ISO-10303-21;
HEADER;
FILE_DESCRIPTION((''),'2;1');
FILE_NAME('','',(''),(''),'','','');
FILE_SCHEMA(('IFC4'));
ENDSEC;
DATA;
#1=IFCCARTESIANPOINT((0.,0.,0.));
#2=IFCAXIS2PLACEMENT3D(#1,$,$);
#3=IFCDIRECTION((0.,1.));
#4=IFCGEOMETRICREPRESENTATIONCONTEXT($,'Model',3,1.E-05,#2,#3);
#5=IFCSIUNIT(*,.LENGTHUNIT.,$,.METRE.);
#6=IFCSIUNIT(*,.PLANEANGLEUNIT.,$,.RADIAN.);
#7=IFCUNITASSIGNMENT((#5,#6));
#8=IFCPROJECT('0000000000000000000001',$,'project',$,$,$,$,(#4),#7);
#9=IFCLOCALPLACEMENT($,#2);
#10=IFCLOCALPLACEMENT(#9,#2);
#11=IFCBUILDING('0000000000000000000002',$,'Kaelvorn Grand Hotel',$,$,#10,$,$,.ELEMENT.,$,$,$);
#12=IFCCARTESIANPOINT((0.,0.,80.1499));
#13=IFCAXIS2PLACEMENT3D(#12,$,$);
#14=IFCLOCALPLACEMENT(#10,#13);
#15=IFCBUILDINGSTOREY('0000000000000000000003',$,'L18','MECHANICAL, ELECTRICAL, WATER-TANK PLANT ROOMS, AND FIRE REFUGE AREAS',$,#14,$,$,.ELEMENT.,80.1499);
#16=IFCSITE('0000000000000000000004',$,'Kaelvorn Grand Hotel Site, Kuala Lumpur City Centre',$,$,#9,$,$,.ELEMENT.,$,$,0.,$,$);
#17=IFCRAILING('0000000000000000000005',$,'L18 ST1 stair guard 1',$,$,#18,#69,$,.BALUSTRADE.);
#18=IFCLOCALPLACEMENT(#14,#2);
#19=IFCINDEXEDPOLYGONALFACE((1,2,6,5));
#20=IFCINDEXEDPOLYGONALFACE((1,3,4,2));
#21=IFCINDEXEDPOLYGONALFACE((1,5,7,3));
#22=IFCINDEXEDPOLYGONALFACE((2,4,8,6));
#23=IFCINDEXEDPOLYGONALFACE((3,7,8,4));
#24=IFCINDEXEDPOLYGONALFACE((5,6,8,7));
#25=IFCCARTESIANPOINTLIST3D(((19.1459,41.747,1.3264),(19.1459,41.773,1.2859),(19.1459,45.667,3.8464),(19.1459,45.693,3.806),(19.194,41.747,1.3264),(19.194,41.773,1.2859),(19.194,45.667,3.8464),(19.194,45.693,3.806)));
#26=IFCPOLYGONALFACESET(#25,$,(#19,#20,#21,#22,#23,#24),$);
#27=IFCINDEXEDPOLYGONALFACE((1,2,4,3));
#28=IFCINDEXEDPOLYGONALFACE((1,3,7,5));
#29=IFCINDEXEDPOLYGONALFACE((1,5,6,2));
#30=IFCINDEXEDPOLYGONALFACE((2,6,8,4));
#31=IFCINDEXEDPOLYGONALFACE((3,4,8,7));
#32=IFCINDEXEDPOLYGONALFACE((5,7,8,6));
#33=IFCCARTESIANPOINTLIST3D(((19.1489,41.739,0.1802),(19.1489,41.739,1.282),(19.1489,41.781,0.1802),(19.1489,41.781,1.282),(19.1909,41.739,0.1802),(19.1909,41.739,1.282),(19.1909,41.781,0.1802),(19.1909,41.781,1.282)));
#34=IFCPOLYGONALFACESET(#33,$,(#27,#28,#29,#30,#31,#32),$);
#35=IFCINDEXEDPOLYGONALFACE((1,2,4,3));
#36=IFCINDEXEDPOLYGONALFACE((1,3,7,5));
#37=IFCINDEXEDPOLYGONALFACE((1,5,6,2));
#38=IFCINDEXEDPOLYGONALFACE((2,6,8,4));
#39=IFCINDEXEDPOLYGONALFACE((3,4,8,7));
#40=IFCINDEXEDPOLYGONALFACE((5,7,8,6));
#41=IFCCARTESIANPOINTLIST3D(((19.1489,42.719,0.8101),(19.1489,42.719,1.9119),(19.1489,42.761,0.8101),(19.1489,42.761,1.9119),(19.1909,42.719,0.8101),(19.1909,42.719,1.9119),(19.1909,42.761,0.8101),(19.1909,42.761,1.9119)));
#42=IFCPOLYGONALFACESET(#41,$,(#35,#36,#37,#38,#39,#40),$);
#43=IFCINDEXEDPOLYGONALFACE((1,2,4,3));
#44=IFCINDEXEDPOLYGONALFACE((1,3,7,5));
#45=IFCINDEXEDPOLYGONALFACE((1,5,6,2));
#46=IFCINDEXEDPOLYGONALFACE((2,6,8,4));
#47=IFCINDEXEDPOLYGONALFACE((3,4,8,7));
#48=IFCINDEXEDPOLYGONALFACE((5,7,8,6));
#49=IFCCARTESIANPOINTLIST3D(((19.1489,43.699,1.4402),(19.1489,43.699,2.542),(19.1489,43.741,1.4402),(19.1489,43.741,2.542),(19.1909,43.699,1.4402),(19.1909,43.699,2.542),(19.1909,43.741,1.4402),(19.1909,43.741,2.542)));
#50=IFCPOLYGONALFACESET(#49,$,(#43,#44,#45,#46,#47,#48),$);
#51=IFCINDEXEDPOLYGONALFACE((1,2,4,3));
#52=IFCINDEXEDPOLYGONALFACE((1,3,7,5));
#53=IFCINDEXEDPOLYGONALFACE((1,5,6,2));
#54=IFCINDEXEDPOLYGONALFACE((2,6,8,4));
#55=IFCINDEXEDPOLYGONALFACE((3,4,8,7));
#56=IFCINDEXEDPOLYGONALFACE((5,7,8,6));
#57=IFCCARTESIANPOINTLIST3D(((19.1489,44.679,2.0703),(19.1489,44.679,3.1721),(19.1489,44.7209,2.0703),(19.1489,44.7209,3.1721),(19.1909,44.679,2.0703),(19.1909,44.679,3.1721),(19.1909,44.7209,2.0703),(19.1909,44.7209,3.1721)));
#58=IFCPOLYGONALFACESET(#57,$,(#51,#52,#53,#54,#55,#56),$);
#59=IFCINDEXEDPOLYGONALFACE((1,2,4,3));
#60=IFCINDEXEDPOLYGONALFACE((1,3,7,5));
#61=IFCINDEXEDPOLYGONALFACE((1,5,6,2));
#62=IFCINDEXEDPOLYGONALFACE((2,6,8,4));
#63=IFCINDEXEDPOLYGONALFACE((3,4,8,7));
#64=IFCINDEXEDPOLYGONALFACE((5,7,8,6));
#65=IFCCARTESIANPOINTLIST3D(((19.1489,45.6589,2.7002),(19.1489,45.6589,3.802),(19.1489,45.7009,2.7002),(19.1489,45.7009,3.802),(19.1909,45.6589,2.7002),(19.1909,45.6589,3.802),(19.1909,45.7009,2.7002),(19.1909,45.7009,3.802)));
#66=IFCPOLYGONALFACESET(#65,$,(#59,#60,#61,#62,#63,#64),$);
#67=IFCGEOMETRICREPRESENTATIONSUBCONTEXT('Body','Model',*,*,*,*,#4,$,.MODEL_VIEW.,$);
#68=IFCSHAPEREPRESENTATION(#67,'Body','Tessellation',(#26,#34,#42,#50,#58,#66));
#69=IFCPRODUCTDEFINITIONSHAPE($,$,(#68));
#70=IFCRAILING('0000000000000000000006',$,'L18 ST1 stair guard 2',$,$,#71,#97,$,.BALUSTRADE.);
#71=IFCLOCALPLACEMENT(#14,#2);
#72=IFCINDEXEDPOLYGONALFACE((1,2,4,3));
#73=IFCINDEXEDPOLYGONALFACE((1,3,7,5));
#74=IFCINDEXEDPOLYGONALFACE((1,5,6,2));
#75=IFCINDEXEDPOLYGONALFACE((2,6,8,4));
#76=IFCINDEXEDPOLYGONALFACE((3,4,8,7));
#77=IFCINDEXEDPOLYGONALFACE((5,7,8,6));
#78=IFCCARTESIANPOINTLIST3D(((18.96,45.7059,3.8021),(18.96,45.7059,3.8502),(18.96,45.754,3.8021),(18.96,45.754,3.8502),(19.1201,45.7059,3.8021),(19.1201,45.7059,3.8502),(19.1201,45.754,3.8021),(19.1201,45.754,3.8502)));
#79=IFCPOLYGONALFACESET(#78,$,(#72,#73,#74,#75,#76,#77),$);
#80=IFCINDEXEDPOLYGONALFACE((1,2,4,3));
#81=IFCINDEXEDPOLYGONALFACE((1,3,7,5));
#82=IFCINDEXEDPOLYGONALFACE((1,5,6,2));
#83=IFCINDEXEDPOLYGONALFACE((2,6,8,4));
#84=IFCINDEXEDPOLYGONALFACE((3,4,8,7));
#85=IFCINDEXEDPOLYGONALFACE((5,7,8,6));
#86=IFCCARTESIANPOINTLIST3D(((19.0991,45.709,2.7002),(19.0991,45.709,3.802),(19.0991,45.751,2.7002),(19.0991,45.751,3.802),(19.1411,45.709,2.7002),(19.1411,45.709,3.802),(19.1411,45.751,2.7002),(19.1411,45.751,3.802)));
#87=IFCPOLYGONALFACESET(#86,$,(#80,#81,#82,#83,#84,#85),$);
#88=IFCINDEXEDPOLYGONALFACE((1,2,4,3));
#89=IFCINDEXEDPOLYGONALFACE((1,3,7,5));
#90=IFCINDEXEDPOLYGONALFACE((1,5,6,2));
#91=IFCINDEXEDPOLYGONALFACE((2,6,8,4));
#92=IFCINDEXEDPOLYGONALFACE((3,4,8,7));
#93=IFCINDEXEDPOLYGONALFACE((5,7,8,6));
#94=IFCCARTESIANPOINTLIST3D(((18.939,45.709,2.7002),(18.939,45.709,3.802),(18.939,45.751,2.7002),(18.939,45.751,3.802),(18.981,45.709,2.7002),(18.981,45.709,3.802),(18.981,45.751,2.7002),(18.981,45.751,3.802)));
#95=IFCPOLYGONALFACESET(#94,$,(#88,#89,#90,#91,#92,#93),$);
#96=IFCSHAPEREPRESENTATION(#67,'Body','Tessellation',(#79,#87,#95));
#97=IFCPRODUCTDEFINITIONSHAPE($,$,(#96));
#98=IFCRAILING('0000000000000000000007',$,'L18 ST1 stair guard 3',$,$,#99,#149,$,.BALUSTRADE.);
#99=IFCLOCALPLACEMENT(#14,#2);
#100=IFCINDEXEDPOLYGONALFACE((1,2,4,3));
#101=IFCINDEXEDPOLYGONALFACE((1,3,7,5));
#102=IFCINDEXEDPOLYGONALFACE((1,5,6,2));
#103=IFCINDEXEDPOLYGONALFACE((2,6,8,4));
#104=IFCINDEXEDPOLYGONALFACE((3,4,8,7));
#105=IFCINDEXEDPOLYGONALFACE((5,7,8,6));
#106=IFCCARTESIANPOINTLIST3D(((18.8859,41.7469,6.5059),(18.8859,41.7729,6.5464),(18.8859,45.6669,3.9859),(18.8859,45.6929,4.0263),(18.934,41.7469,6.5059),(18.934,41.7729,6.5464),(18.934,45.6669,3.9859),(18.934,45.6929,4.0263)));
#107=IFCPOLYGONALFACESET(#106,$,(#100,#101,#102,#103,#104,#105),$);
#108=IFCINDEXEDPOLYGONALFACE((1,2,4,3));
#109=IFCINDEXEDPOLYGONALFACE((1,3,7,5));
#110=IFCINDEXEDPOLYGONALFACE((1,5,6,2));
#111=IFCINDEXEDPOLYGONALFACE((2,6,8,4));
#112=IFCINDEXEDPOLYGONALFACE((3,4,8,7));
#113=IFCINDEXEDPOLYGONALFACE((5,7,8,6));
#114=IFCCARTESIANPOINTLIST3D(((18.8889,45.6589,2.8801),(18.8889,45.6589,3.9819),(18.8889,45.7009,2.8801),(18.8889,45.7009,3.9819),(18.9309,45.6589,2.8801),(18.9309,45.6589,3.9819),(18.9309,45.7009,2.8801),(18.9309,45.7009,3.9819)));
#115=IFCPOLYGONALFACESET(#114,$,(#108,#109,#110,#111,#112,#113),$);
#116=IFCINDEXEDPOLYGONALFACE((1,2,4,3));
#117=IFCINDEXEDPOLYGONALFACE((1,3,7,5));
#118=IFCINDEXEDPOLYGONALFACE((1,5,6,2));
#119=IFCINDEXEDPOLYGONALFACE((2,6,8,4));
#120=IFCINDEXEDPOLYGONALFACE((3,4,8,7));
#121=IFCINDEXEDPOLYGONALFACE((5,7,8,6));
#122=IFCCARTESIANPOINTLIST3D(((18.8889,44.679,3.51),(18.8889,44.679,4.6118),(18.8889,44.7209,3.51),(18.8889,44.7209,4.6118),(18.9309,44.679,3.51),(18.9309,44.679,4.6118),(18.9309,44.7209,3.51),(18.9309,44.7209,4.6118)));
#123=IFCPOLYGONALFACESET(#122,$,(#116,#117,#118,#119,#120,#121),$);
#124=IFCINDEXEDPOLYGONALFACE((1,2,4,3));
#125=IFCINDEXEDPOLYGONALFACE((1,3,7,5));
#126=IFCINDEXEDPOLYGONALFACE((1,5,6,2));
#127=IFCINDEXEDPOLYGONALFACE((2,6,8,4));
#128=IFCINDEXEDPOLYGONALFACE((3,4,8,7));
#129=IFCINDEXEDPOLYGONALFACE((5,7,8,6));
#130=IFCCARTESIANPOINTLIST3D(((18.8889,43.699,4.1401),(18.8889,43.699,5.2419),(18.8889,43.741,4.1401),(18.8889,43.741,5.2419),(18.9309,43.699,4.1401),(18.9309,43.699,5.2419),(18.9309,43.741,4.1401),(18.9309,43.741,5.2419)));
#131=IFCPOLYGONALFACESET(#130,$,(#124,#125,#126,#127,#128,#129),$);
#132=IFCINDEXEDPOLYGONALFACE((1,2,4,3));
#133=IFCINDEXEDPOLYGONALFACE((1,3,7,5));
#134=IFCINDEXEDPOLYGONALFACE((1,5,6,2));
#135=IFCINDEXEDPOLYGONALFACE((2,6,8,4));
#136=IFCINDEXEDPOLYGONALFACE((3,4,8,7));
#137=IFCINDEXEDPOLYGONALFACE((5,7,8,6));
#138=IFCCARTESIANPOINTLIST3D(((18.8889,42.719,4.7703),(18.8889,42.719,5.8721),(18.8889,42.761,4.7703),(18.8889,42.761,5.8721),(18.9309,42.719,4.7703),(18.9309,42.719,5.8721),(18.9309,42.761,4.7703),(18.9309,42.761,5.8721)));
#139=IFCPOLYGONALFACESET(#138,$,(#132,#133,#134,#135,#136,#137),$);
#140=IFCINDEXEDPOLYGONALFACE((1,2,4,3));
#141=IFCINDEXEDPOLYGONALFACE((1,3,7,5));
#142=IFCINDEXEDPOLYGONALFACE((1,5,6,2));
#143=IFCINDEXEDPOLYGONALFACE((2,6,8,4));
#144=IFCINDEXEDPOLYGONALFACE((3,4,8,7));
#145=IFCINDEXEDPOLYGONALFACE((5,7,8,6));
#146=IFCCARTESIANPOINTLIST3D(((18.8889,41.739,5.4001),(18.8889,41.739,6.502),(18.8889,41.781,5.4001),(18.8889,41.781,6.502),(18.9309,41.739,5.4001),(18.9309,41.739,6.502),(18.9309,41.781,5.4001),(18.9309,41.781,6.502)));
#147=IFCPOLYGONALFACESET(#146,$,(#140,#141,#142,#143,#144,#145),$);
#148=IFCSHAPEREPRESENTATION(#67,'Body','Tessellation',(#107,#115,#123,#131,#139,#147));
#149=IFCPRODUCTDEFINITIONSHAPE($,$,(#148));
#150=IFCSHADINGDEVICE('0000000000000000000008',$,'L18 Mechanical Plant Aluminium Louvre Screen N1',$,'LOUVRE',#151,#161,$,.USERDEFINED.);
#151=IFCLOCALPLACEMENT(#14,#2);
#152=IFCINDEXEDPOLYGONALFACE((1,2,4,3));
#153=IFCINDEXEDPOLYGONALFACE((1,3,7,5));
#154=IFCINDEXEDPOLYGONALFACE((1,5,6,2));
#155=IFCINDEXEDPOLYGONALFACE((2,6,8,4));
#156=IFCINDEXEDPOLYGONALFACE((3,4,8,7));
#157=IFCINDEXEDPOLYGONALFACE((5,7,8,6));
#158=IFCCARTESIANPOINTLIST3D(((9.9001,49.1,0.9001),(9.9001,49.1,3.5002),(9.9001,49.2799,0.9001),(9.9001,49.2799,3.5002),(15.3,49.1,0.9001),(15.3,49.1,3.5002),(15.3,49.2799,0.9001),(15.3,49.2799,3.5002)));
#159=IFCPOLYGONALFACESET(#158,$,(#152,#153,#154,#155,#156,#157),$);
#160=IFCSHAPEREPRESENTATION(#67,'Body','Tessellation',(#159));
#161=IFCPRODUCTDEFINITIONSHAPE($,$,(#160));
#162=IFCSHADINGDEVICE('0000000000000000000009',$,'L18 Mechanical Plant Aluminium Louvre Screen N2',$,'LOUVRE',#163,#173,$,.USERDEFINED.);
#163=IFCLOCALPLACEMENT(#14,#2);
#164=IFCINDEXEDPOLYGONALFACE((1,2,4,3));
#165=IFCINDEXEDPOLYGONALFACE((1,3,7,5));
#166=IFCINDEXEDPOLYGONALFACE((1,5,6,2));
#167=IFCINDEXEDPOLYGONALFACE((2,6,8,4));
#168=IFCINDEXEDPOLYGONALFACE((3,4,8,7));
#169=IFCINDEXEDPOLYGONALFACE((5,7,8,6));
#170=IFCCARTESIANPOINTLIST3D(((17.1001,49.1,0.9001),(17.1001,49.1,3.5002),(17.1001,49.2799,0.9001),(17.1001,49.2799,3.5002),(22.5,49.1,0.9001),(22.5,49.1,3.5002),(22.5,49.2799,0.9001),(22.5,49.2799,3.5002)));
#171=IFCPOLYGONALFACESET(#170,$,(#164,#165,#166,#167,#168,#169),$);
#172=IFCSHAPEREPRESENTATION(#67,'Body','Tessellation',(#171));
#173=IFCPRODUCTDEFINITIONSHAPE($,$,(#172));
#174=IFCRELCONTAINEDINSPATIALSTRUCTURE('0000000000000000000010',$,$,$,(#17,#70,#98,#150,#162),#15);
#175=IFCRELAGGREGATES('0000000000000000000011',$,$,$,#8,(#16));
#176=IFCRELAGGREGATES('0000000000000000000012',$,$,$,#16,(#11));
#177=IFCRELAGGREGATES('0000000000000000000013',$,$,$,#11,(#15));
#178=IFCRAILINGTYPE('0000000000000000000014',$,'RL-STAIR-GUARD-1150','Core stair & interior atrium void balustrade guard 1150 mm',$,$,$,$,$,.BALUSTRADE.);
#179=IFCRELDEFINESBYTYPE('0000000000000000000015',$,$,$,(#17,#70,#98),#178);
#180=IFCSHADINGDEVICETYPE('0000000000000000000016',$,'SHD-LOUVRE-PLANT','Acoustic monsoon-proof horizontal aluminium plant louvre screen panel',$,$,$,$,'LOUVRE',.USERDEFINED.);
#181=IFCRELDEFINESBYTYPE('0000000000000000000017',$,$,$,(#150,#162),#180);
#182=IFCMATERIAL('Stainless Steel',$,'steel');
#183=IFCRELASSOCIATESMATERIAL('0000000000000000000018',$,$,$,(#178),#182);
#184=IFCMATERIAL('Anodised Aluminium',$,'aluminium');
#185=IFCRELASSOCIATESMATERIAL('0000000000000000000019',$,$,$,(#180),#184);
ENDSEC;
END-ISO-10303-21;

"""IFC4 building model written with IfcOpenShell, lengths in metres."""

from ifc_helpers import new_model, si_unit, direction, frame, origin, origin_2d, place, context, subcontext, project, spatial, rectangle, extrude, material, type_object, element, save


model = new_model("IFC4")

# Units and contexts
model_context = context("Model", 3, precision=1e-05, world=origin(), true_north=direction((0.0, 1.0)))
body_context = subcontext(model_context, "Body", "Model", "MODEL_VIEW")
ifc_project = project(units=[si_unit("LENGTHUNIT", "METRE"), si_unit("PLANEANGLEUNIT", "RADIAN")], contexts=[model_context])

# Site, building, storey
site_placement = place(None, origin())
site = spatial("IfcSite", under=ifc_project, at=site_placement, Name="Kaelvorn Grand Hotel Site, Kuala Lumpur City Centre", CompositionType="ELEMENT", RefElevation=0.0)
building_placement = place(site_placement, origin())
building = spatial("IfcBuilding", under=site, at=building_placement, Name="Kaelvorn Grand Hotel", CompositionType="ELEMENT")
storey_placement = place(building_placement, frame((0.0, 0.0, 80.1499)))
storey = spatial("IfcBuildingStorey", under=building, at=storey_placement, Name="L18", Description="MECHANICAL, ELECTRICAL, WATER-TANK PLANT ROOMS, AND FIRE REFUGE AREAS", CompositionType="ELEMENT", Elevation=80.1499)

# Railings
ifc_material_1 = material(Name="Stainless Steel", Category="steel")
railing_type_1 = type_object("IfcRailingType", Name="RL-STAIR-GUARD-1150", Description="Core stair & interior atrium void balustrade guard 1150 mm", PredefinedType="BALUSTRADE", material=ifc_material_1)
railing_1_placement = place(storey_placement, frame((19.1699, 41.76, 0.1802)))
element("IfcRailing", 1, at=railing_1_placement, inside=storey, type_object=railing_type_1, Name="L18 ST1 stair guard 1", PredefinedType="BALUSTRADE", context=body_context, shape_type="SweptSolid", body=[
    extrude(rectangle(XDim=0.0481, YDim=0.0481, at=origin_2d()), frame((0.0, 0.0, 1.126), z_axis=(0.0, 0.841172, 0.540768), x_axis=(-1.0, 0.0, 0.0)), (0.0, 0.0, 1.0), 4.6602),
    extrude(rectangle(XDim=0.042, YDim=0.042, at=origin_2d()), origin(), (0.0, 0.0, 1.0), 1.1018),
    extrude(rectangle(XDim=0.042, YDim=0.042, at=origin_2d()), frame((0.0, 0.98, 0.6299)), (0.0, 0.0, 1.0), 1.1018),
    extrude(rectangle(XDim=0.042, YDim=0.042, at=origin_2d()), frame((0.0, 1.96, 1.26)), (0.0, 0.0, 1.0), 1.1018),
    extrude(rectangle(XDim=0.042, YDim=0.042, at=origin_2d()), frame((0.0, 2.9399, 1.8901)), (0.0, 0.0, 1.0), 1.1018),
    extrude(rectangle(XDim=0.042, YDim=0.042, at=origin_2d()), frame((0.0, 3.9199, 2.52)), (0.0, 0.0, 1.0), 1.1018),
])
railing_2_placement = place(storey_placement, frame((19.1201, 45.73, 2.7002)))
element("IfcRailing", 2, at=railing_2_placement, inside=storey, type_object=railing_type_1, Name="L18 ST1 stair guard 2", PredefinedType="BALUSTRADE", context=body_context, shape_type="SweptSolid", body=[
    extrude(rectangle(XDim=0.0481, YDim=0.0481, at=origin_2d()), frame((0.0, 0.0, 1.126), z_axis=(-1.0, 0.0, 0.0), x_axis=(0.0, -1.0, 0.0)), (0.0, 0.0, 1.0), 0.1602),
    extrude(rectangle(XDim=0.042, YDim=0.042, at=origin_2d()), origin(), (0.0, 0.0, 1.0), 1.1018),
    extrude(rectangle(XDim=0.042, YDim=0.042, at=origin_2d()), frame((-0.1602, 0.0, 0.0)), (0.0, 0.0, 1.0), 1.1018),
])
railing_3_placement = place(storey_placement, frame((18.9099, 45.6799, 2.8801)))
element("IfcRailing", 3, at=railing_3_placement, inside=storey, type_object=railing_type_1, Name="L18 ST1 stair guard 3", PredefinedType="BALUSTRADE", context=body_context, shape_type="SweptSolid", body=[
    extrude(rectangle(XDim=0.0481, YDim=0.0481, at=origin_2d()), frame((0.0, 0.0, 1.126), z_axis=(0.0, -0.841172, 0.540768), x_axis=(1.0, 0.0, 0.0)), (0.0, 0.0, 1.0), 4.6602),
    extrude(rectangle(XDim=0.042, YDim=0.042, at=origin_2d()), origin(), (0.0, 0.0, 1.0), 1.1018),
    extrude(rectangle(XDim=0.042, YDim=0.042, at=origin_2d()), frame((0.0, -0.98, 0.6299)), (0.0, 0.0, 1.0), 1.1018),
    extrude(rectangle(XDim=0.042, YDim=0.042, at=origin_2d()), frame((0.0, -1.96, 1.26)), (0.0, 0.0, 1.0), 1.1018),
    extrude(rectangle(XDim=0.042, YDim=0.042, at=origin_2d()), frame((0.0, -2.9399, 1.8901)), (0.0, 0.0, 1.0), 1.1018),
    extrude(rectangle(XDim=0.042, YDim=0.042, at=origin_2d()), frame((0.0, -3.9199, 2.52)), (0.0, 0.0, 1.0), 1.1018),
])

# Shading devices
ifc_material_2 = material(Name="Anodised Aluminium", Category="aluminium")
shading_device_type = type_object("IfcShadingDeviceType", Name="SHD-LOUVRE-PLANT", Description="Acoustic monsoon-proof horizontal aluminium plant louvre screen panel", ElementType="LOUVRE", PredefinedType="USERDEFINED", material=ifc_material_2)
for number, where, z_axis, x_axis, name in (
    (4, (12.6001, 49.1899, 0.9001), (0.0, 0.0, 1.0), (1.0, 0.0, 0.0), "L18 Mechanical Plant Aluminium Louvre Screen N1"),
    (5, (19.8, 49.1899, 0.9001), (0.0, 0.0, 1.0), (1.0, 0.0, 0.0), "L18 Mechanical Plant Aluminium Louvre Screen N2"),
):
    element("IfcShadingDevice", number, at=place(storey_placement, frame(where, z_axis=z_axis, x_axis=x_axis)), inside=storey, type_object=shading_device_type, Name=name, ObjectType="LOUVRE", PredefinedType="USERDEFINED", context=body_context, shape_type="SweptSolid", body=[
        extrude(rectangle(XDim=5.3999, YDim=0.1799, at=origin_2d()), origin(), (0.0, 0.0, 1.0), 2.6001),
    ])

save(model, "model.ifc")
